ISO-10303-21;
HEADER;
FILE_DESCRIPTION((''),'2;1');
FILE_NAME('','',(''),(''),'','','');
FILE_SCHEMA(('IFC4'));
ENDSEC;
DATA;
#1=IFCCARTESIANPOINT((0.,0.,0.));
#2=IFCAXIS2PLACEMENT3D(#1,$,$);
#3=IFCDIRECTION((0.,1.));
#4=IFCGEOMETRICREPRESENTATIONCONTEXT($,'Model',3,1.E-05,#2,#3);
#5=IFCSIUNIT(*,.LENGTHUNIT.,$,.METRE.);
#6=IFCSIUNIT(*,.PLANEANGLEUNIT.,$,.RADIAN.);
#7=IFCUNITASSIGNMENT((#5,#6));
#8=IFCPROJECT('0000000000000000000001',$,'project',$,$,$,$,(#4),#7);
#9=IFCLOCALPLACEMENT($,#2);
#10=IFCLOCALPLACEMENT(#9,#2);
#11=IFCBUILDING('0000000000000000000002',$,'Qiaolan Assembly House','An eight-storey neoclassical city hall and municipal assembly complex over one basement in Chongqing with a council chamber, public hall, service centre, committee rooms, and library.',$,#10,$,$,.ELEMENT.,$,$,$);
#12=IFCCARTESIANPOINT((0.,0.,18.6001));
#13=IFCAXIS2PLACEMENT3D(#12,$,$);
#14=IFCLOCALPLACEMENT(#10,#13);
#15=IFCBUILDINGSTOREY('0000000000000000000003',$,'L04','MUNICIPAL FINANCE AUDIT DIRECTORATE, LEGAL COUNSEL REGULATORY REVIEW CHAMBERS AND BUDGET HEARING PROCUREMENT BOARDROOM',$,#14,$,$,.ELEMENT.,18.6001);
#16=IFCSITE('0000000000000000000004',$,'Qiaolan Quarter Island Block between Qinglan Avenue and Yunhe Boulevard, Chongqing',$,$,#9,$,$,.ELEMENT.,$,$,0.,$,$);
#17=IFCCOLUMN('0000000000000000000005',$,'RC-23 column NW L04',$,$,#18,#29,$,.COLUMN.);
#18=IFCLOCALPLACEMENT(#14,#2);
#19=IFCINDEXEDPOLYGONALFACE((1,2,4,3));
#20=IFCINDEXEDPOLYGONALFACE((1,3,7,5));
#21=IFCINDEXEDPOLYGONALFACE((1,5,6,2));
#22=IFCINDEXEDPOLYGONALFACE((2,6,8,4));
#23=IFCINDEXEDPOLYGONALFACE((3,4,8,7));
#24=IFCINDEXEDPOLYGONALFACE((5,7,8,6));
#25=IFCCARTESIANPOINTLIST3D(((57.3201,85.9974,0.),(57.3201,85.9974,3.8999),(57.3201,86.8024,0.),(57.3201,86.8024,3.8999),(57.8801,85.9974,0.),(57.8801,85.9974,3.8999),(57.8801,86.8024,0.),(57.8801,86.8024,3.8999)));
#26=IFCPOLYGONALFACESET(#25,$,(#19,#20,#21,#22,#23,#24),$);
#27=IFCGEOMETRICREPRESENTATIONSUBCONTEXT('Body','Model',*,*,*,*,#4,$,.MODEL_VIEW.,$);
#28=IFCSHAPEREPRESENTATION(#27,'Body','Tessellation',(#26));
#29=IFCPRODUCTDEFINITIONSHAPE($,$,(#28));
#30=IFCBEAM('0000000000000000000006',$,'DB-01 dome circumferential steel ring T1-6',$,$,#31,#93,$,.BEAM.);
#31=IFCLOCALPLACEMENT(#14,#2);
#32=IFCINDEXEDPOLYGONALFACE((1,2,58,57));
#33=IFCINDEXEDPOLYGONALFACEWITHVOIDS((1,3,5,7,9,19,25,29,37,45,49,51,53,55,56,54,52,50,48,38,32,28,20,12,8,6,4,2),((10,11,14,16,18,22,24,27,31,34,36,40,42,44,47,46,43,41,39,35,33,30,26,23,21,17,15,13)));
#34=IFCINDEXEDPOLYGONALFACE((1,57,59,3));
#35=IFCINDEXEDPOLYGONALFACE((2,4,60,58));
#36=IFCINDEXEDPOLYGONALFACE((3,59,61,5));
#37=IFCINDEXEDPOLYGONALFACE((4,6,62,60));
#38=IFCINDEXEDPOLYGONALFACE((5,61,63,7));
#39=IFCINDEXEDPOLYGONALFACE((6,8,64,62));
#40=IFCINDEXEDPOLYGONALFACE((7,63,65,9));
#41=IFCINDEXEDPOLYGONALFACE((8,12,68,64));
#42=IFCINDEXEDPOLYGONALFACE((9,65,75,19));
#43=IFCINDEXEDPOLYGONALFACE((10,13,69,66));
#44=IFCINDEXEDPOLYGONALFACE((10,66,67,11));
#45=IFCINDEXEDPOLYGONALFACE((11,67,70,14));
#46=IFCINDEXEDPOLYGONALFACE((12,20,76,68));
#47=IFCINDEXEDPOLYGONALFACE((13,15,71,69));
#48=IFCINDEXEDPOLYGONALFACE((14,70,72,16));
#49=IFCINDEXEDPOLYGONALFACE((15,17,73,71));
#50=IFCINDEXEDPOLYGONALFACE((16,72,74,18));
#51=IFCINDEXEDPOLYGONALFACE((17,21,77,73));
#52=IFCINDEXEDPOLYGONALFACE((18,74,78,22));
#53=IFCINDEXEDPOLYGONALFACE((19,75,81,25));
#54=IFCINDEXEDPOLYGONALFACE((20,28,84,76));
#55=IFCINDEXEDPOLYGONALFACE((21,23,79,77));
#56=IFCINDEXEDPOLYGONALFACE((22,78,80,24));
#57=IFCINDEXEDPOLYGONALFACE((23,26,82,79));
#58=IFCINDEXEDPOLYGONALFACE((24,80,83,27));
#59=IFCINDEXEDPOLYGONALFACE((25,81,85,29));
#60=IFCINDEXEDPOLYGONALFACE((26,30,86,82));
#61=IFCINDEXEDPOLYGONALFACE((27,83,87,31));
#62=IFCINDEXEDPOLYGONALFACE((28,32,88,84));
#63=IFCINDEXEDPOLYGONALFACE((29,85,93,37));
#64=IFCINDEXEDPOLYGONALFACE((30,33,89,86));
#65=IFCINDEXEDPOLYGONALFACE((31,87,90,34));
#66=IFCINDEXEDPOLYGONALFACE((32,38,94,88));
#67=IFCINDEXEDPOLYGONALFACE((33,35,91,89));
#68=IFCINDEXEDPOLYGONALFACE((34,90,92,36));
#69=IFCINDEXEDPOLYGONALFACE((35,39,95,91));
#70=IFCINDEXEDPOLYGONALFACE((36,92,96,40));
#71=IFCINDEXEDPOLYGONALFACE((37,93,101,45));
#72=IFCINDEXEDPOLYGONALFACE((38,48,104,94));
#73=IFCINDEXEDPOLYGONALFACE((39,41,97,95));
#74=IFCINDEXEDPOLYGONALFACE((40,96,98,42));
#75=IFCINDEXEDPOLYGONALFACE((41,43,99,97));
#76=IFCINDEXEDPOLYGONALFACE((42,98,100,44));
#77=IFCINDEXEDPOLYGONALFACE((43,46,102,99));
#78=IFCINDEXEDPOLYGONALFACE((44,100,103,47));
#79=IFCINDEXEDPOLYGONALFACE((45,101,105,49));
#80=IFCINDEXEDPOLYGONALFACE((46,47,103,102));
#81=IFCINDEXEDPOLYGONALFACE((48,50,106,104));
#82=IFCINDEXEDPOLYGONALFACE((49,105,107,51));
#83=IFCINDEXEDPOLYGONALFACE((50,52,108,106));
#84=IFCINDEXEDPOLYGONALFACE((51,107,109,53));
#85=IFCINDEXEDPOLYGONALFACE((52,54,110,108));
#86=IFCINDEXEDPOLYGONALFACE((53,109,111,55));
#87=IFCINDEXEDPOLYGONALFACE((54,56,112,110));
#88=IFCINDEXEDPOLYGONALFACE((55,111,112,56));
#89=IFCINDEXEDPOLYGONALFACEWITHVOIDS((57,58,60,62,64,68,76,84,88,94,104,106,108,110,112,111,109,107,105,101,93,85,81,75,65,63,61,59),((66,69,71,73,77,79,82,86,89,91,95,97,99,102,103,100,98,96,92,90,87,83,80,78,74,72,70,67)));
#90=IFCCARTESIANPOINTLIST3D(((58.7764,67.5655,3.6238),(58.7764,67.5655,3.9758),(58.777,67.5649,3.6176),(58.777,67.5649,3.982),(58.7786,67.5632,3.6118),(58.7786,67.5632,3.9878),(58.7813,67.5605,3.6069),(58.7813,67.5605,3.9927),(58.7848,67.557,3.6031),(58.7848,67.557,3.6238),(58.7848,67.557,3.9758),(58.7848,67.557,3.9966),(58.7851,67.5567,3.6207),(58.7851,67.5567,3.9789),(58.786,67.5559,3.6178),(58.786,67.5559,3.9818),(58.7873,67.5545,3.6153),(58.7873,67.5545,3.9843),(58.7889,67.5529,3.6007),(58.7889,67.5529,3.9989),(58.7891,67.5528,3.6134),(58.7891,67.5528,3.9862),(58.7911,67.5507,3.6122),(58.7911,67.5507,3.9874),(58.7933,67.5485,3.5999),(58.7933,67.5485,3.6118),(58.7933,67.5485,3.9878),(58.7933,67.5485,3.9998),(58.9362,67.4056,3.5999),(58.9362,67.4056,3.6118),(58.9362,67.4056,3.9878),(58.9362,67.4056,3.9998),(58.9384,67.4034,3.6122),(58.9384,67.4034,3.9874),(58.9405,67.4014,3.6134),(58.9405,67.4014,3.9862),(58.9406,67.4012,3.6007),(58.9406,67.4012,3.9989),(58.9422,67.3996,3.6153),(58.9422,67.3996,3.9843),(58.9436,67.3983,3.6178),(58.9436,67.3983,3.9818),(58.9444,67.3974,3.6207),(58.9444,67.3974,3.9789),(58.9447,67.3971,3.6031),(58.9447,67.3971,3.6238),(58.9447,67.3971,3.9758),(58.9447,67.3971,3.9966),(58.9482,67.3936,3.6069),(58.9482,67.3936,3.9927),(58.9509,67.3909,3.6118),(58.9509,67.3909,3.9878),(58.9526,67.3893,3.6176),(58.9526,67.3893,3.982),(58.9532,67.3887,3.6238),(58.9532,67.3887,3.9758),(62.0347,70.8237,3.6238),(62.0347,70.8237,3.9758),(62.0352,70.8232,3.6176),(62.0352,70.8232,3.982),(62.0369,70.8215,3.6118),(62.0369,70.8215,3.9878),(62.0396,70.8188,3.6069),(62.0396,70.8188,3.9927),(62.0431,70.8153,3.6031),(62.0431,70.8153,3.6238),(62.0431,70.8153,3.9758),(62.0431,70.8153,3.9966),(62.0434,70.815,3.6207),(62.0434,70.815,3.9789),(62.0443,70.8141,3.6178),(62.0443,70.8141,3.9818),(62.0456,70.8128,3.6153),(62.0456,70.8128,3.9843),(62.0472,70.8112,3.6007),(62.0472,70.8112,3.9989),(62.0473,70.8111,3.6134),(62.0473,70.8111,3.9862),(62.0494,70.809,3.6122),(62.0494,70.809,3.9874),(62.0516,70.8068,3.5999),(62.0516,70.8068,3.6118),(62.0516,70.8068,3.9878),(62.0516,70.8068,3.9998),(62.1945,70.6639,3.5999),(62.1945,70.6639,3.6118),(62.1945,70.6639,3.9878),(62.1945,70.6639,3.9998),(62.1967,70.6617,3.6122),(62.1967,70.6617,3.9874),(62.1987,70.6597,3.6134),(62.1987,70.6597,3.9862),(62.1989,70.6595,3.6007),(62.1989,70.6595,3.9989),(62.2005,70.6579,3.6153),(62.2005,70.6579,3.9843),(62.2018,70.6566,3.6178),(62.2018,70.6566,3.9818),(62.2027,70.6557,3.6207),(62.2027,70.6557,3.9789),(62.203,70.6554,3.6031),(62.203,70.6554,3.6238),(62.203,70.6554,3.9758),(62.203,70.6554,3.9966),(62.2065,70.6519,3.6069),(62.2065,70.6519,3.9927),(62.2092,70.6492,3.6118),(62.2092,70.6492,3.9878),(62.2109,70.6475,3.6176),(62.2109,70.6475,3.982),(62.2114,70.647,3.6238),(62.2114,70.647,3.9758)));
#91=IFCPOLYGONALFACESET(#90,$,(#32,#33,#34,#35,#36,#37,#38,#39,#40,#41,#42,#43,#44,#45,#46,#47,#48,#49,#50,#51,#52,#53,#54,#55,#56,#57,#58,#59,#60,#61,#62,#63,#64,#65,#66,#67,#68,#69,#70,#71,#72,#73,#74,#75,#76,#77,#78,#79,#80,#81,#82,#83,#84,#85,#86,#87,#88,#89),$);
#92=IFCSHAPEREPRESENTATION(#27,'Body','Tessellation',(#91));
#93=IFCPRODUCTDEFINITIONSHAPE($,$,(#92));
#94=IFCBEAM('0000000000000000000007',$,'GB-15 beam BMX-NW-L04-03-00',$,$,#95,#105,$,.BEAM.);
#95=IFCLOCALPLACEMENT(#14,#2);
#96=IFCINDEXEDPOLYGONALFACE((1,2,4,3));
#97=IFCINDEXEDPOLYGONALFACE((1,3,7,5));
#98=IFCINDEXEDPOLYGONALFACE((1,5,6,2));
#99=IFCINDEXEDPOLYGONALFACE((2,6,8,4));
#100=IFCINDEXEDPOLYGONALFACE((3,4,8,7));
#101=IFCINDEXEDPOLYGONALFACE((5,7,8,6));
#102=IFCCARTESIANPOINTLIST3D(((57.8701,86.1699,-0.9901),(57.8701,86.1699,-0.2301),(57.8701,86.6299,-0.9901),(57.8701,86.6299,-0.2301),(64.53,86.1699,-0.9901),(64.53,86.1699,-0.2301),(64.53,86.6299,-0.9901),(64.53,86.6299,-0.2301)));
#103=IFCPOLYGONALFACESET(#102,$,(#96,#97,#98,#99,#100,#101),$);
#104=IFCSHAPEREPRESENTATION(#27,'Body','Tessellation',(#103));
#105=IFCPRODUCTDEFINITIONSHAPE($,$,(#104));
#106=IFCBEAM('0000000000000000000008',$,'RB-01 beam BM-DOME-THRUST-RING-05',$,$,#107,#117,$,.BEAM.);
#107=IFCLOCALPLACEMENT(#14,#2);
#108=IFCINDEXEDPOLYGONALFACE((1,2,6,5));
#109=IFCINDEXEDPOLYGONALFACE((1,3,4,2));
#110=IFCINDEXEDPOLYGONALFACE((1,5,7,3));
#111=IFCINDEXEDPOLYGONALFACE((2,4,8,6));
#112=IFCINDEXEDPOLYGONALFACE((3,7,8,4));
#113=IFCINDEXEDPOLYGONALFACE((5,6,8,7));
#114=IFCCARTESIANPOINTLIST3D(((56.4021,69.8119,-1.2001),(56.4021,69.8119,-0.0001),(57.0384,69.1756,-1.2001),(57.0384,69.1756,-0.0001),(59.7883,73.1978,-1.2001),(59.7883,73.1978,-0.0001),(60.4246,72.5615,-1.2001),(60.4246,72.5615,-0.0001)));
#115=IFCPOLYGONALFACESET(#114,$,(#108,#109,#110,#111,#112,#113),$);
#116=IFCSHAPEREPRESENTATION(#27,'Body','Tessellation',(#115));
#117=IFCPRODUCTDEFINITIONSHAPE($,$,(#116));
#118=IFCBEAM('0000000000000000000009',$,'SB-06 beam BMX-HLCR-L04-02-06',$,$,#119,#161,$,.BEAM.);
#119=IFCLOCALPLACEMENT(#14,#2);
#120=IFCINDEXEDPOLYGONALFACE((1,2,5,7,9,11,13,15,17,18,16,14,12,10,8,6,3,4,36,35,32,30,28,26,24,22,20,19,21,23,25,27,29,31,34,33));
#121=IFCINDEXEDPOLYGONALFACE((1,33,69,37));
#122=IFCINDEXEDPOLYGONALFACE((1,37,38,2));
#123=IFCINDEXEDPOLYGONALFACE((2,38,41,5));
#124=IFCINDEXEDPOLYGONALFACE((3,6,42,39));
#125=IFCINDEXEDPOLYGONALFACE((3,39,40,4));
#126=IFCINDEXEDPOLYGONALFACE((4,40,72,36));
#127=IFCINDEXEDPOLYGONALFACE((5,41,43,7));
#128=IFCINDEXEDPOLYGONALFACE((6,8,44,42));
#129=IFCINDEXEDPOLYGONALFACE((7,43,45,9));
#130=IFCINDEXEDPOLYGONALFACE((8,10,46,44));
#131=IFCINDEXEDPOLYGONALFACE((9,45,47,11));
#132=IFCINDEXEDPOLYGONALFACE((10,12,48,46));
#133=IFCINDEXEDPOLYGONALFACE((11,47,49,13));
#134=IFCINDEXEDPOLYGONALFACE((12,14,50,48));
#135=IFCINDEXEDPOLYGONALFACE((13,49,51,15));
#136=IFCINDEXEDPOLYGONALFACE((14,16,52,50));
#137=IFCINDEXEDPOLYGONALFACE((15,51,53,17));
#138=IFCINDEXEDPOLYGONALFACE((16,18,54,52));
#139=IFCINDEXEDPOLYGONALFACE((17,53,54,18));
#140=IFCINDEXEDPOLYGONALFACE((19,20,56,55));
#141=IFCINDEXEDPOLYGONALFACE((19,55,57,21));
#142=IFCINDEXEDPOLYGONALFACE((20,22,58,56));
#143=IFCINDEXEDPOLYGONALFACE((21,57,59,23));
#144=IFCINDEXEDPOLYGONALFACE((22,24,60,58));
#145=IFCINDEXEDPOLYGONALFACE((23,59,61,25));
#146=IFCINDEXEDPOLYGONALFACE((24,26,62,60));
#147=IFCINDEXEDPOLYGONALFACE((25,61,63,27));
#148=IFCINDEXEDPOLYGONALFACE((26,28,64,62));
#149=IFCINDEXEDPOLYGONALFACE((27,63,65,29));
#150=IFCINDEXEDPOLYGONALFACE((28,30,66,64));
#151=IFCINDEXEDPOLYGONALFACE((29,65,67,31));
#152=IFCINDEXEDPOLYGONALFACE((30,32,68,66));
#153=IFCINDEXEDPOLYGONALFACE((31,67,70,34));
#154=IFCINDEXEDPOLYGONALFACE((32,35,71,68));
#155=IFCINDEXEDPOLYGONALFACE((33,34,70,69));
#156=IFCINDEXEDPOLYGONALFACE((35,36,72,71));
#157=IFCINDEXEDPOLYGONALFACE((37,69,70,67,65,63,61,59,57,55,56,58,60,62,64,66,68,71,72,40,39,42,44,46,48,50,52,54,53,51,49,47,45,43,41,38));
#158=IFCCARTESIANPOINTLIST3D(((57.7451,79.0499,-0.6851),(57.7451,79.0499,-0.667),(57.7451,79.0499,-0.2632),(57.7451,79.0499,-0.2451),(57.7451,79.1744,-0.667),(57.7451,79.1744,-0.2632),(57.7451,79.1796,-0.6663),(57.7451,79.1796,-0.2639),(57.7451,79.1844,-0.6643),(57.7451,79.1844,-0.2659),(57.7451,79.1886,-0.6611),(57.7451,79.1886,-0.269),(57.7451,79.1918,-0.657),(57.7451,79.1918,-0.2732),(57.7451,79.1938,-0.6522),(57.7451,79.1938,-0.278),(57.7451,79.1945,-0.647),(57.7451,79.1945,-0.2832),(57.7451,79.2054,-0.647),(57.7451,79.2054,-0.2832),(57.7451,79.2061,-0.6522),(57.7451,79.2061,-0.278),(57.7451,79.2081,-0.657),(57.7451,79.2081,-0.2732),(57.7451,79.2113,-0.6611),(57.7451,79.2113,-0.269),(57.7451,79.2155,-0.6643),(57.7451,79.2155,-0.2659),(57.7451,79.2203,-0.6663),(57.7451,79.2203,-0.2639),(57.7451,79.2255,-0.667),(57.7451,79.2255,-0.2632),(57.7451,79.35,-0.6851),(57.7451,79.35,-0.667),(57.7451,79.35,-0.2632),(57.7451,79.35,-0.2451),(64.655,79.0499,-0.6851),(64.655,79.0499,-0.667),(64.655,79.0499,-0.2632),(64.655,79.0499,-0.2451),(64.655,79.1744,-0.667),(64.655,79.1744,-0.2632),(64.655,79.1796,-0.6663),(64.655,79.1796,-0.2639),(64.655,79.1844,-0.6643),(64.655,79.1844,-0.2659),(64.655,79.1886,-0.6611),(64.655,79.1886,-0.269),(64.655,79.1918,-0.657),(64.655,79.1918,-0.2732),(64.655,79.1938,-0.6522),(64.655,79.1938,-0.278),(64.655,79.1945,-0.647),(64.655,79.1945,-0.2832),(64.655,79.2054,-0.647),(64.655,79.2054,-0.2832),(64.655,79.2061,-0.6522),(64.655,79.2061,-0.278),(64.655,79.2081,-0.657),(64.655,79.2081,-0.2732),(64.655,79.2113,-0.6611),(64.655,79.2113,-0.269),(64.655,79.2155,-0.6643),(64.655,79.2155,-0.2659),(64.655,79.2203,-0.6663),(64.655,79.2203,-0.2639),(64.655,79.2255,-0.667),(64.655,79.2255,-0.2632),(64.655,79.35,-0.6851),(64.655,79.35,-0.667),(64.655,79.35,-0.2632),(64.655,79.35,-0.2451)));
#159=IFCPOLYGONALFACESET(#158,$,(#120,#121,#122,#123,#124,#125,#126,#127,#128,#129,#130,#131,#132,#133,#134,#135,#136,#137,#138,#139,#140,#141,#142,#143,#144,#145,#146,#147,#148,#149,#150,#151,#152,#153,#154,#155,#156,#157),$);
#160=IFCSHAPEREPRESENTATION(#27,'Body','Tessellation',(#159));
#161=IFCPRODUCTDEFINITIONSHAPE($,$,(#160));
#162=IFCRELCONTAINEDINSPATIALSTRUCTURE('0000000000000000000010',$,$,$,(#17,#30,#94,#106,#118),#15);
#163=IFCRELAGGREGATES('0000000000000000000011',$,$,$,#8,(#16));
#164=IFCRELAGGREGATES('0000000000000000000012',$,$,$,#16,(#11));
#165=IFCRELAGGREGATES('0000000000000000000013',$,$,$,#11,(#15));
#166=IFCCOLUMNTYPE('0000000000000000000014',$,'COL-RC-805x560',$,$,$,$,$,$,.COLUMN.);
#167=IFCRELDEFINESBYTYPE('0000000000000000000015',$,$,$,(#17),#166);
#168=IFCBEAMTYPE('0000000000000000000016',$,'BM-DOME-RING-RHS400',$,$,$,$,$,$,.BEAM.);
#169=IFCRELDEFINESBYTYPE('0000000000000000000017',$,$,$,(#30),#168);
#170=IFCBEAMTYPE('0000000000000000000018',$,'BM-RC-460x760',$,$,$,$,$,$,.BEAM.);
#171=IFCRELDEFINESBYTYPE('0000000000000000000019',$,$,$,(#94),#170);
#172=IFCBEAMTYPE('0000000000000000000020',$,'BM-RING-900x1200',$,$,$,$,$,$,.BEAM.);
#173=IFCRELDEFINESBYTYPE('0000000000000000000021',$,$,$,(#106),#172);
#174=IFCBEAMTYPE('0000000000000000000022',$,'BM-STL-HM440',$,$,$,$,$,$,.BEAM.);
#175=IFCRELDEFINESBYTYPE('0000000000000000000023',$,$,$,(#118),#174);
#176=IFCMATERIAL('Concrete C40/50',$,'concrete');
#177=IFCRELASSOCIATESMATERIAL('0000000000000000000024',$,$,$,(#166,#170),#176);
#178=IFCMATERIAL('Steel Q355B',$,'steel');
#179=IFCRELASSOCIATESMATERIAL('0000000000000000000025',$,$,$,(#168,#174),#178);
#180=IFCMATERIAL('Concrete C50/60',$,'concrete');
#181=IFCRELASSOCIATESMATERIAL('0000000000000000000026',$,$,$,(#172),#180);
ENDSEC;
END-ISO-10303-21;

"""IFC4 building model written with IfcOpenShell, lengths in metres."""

from ifc_helpers import new_model, si_unit, direction, frame, origin, origin_2d, place, context, subcontext, project, spatial, rectangle, hollow_rectangle, i_section, extrude, material, material_profile, profile_set, type_object, element, save


model = new_model("IFC4")

# Units and contexts
model_context = context("Model", 3, precision=1e-05, world=origin(), true_north=direction((0.0, 1.0)))
body_context = subcontext(model_context, "Body", "Model", "MODEL_VIEW")
ifc_project = project(units=[si_unit("LENGTHUNIT", "METRE"), si_unit("PLANEANGLEUNIT", "RADIAN")], contexts=[model_context])

# Site, building, storey
site_placement = place(None, origin())
site = spatial("IfcSite", under=ifc_project, at=site_placement, Name="Qiaolan Quarter Island Block between Qinglan Avenue and Yunhe Boulevard, Chongqing", CompositionType="ELEMENT", RefElevation=0.0)
building_placement = place(site_placement, origin())
building = spatial("IfcBuilding", under=site, at=building_placement, Name="Qiaolan Assembly House", Description="An eight-storey neoclassical city hall and municipal assembly complex over one basement in Chongqing with a council chamber, public hall, service centre, committee rooms, and library.", CompositionType="ELEMENT")
storey_placement = place(building_placement, frame((0.0, 0.0, 18.6001)))
storey = spatial("IfcBuildingStorey", under=building, at=storey_placement, Name="L04", Description="MUNICIPAL FINANCE AUDIT DIRECTORATE, LEGAL COUNSEL REGULATORY REVIEW CHAMBERS AND BUDGET HEARING PROCUREMENT BOARDROOM", CompositionType="ELEMENT", Elevation=18.6001)

# Column
ifc_material_1 = material(Name="Concrete C40/50", Category="concrete")
ifc_material_profile_1 = material_profile(ifc_material_1, rectangle(XDim=0.5601, YDim=0.8049, at=origin_2d()), Name="RC 805x560")
ifc_profile_set_1 = profile_set([ifc_material_profile_1], Name="Concrete C40/50")
column_type = type_object("IfcColumnType", Name="COL-RC-805x560", PredefinedType="COLUMN", material=ifc_profile_set_1)
column_placement = place(storey_placement, frame((57.6001, 86.3999, 0.0), z_axis=(0.0, 0.0, 1.0), x_axis=(1.0, 0.0, 0.0)))
element("IfcColumn", 1, at=column_placement, inside=storey, type_object=column_type, Name="RC-23 column NW L04", PredefinedType="COLUMN", context=body_context, shape_type="SweptSolid", body=[
    extrude(rectangle(XDim=0.5601, YDim=0.8049, at=origin_2d()), origin(), (0.0, 0.0, 1.0), 3.8999),
])

# Beams
ifc_material_2 = material(Name="Steel Q355B", Category="steel")
ifc_material_profile_2 = material_profile(ifc_material_2, hollow_rectangle(XDim=0.25, YDim=0.3999, WallThickness=0.012, InnerFilletRadius=0.012, OuterFilletRadius=0.0239, at=origin_2d()), Name="RHS 400x250x12")
ifc_profile_set_2 = profile_set([ifc_material_profile_2], Name="Steel Q355B")
beam_type_1 = type_object("IfcBeamType", Name="BM-DOME-RING-RHS400", PredefinedType="BEAM", material=ifc_profile_set_2)
beam_1_placement = place(storey_placement, frame((62.123, 70.7354, 3.7998), z_axis=(-0.707107, -0.707107, 0.0), x_axis=(0.707107, -0.707107, 0.0)))
element("IfcBeam", 2, at=beam_1_placement, inside=storey, type_object=beam_type_1, Name="DB-01 dome circumferential steel ring T1-6", PredefinedType="BEAM", context=body_context, shape_type="SweptSolid", body=[
    extrude(hollow_rectangle(XDim=0.25, YDim=0.3999, WallThickness=0.012, InnerFilletRadius=0.012, OuterFilletRadius=0.0239, at=origin_2d()), origin(), (0.0, 0.0, 1.0), 4.6079),
])
ifc_material_profile_3 = material_profile(ifc_material_1, rectangle(XDim=0.46, YDim=0.76, at=origin_2d()), Name="RCB 460x760")
ifc_profile_set_3 = profile_set([ifc_material_profile_3], Name="Concrete C40/50")
beam_type_2 = type_object("IfcBeamType", Name="BM-RC-460x760", PredefinedType="BEAM", material=ifc_profile_set_3)
beam_2_placement = place(storey_placement, frame((57.8701, 86.3999, -0.6101), z_axis=(1.0, 0.0, 0.0), x_axis=(0.0, 1.0, 0.0)))
element("IfcBeam", 3, at=beam_2_placement, inside=storey, type_object=beam_type_2, Name="GB-15 beam BMX-NW-L04-03-00", PredefinedType="BEAM", context=body_context, shape_type="SweptSolid", body=[
    extrude(rectangle(XDim=0.46, YDim=0.76, at=origin_2d()), origin(), (0.0, 0.0, 1.0), 6.6599),
])
ifc_material_3 = material(Name="Concrete C50/60", Category="concrete")
ifc_material_profile_4 = material_profile(ifc_material_3, rectangle(XDim=0.8999, YDim=1.2, at=origin_2d()), Name="RCB 900x1200")
ifc_profile_set_4 = profile_set([ifc_material_profile_4], Name="Concrete C50/60")
beam_type_3 = type_object("IfcBeamType", Name="BM-RING-900x1200", PredefinedType="BEAM", material=ifc_profile_set_4)
beam_3_placement = place(storey_placement, frame((60.1064, 72.8796, -0.6001), z_axis=(-0.707132, -0.707081, 0.0), x_axis=(0.707081, -0.707132, 0.0)))
element("IfcBeam", 4, at=beam_3_placement, inside=storey, type_object=beam_type_3, Name="RB-01 beam BM-DOME-THRUST-RING-05", PredefinedType="BEAM", context=body_context, shape_type="SweptSolid", body=[
    extrude(rectangle(XDim=0.8999, YDim=1.2, at=origin_2d()), origin(), (0.0, 0.0, 1.0), 4.7886),
])
ifc_material_profile_5 = material_profile(ifc_material_2, i_section(OverallWidth=0.3, OverallDepth=0.4399, WebThickness=0.011, FlangeThickness=0.0181, FilletRadius=0.02, at=origin_2d()), Name="HM 440x300x11x18")
ifc_profile_set_5 = profile_set([ifc_material_profile_5], Name="Steel Q355B")
beam_type_4 = type_object("IfcBeamType", Name="BM-STL-HM440", PredefinedType="BEAM", material=ifc_profile_set_5)
beam_4_placement = place(storey_placement, frame((57.7451, 79.2, -0.4651), z_axis=(1.0, 0.0, 0.0), x_axis=(0.0, 1.0, 0.0)))
element("IfcBeam", 5, at=beam_4_placement, inside=storey, type_object=beam_type_4, Name="SB-06 beam BMX-HLCR-L04-02-06", PredefinedType="BEAM", context=body_context, shape_type="SweptSolid", body=[
    extrude(i_section(OverallWidth=0.3, OverallDepth=0.4399, WebThickness=0.011, FlangeThickness=0.0181, FilletRadius=0.02, at=origin_2d()), origin(), (0.0, 0.0, 1.0), 6.9099),
])

save(model, "model.ifc")
